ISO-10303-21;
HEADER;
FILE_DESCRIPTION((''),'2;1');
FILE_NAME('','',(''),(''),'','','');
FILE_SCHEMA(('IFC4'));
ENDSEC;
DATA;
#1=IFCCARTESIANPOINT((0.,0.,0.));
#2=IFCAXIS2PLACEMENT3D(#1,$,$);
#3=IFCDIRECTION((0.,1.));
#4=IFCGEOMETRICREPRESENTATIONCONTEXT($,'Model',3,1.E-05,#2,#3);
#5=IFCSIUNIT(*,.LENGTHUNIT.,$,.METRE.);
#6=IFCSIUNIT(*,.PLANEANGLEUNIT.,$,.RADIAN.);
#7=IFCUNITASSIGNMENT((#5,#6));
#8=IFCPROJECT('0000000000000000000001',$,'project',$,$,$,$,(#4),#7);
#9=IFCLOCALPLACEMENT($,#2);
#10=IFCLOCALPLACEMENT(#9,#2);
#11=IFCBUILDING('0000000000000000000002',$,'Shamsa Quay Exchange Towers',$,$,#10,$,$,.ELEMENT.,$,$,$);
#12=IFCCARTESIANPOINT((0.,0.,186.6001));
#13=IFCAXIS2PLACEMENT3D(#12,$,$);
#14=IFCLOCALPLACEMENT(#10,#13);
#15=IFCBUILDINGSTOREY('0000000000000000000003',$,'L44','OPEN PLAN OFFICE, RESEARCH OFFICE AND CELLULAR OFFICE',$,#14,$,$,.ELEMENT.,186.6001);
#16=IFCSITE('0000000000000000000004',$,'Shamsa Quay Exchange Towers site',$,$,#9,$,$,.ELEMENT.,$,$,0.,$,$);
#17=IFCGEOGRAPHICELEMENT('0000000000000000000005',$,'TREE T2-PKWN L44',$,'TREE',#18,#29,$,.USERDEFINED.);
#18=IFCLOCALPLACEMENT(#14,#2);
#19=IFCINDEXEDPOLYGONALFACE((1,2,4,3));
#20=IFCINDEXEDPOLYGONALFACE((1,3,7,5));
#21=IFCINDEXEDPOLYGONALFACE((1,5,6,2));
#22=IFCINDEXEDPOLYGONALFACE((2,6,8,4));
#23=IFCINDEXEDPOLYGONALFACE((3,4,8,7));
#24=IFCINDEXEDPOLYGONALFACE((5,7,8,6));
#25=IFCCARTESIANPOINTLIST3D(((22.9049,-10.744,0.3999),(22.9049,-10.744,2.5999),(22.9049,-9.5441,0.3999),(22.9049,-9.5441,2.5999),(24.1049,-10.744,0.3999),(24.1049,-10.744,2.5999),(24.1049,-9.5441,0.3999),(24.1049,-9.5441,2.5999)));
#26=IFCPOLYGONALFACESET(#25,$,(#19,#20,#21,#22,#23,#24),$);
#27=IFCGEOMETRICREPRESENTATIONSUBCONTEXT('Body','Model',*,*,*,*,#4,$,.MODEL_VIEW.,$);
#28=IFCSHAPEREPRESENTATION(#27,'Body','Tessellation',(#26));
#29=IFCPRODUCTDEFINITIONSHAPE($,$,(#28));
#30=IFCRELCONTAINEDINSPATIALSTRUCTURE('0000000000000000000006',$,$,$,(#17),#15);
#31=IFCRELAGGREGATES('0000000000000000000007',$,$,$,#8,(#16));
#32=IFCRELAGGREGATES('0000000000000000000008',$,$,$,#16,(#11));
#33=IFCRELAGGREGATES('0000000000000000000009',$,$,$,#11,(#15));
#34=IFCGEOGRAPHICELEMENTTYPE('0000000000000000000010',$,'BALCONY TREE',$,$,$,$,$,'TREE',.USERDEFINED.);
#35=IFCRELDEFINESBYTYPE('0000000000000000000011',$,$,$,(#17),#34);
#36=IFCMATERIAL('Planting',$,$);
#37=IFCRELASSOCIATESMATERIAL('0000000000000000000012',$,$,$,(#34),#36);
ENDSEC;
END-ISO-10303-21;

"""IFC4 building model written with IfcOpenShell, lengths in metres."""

from ifc_helpers import new_model, si_unit, direction, frame, origin, origin_2d, place, context, subcontext, project, spatial, rectangle, extrude, material, type_object, element, save


model = new_model("IFC4")

# Units and contexts
model_context = context("Model", 3, precision=1e-05, world=origin(), true_north=direction((0.0, 1.0)))
body_context = subcontext(model_context, "Body", "Model", "MODEL_VIEW")
ifc_project = project(units=[si_unit("LENGTHUNIT", "METRE"), si_unit("PLANEANGLEUNIT", "RADIAN")], contexts=[model_context])

# Site, building, storey
site_placement = place(None, origin())
site = spatial("IfcSite", under=ifc_project, at=site_placement, Name="Shamsa Quay Exchange Towers site", CompositionType="ELEMENT", RefElevation=0.0)
building_placement = place(site_placement, origin())
building = spatial("IfcBuilding", under=site, at=building_placement, Name="Shamsa Quay Exchange Towers", CompositionType="ELEMENT")
storey_placement = place(building_placement, frame((0.0, 0.0, 186.6001)))
storey = spatial("IfcBuildingStorey", under=building, at=storey_placement, Name="L44", Description="OPEN PLAN OFFICE, RESEARCH OFFICE AND CELLULAR OFFICE", CompositionType="ELEMENT", Elevation=186.6001)

# Geographic element
ifc_material_1 = material(Name="Planting")
geographic_element_type = type_object("IfcGeographicElementType", Name="BALCONY TREE", ElementType="TREE", PredefinedType="USERDEFINED", material=ifc_material_1)
geographic_element_placement = place(storey_placement, frame((23.5049, -10.144, 0.3999), z_axis=(0.0, 0.0, 1.0), x_axis=(0.0, -1.0, 0.0)))
element("IfcGeographicElement", 1, at=geographic_element_placement, inside=storey, type_object=geographic_element_type, Name="TREE T2-PKWN L44", ObjectType="TREE", PredefinedType="USERDEFINED", context=body_context, shape_type="SweptSolid", body=[
    extrude(rectangle(XDim=1.2, YDim=1.2, at=origin_2d()), origin(), (0.0, 0.0, 1.0), 2.2),
])

save(model, "model.ifc")
